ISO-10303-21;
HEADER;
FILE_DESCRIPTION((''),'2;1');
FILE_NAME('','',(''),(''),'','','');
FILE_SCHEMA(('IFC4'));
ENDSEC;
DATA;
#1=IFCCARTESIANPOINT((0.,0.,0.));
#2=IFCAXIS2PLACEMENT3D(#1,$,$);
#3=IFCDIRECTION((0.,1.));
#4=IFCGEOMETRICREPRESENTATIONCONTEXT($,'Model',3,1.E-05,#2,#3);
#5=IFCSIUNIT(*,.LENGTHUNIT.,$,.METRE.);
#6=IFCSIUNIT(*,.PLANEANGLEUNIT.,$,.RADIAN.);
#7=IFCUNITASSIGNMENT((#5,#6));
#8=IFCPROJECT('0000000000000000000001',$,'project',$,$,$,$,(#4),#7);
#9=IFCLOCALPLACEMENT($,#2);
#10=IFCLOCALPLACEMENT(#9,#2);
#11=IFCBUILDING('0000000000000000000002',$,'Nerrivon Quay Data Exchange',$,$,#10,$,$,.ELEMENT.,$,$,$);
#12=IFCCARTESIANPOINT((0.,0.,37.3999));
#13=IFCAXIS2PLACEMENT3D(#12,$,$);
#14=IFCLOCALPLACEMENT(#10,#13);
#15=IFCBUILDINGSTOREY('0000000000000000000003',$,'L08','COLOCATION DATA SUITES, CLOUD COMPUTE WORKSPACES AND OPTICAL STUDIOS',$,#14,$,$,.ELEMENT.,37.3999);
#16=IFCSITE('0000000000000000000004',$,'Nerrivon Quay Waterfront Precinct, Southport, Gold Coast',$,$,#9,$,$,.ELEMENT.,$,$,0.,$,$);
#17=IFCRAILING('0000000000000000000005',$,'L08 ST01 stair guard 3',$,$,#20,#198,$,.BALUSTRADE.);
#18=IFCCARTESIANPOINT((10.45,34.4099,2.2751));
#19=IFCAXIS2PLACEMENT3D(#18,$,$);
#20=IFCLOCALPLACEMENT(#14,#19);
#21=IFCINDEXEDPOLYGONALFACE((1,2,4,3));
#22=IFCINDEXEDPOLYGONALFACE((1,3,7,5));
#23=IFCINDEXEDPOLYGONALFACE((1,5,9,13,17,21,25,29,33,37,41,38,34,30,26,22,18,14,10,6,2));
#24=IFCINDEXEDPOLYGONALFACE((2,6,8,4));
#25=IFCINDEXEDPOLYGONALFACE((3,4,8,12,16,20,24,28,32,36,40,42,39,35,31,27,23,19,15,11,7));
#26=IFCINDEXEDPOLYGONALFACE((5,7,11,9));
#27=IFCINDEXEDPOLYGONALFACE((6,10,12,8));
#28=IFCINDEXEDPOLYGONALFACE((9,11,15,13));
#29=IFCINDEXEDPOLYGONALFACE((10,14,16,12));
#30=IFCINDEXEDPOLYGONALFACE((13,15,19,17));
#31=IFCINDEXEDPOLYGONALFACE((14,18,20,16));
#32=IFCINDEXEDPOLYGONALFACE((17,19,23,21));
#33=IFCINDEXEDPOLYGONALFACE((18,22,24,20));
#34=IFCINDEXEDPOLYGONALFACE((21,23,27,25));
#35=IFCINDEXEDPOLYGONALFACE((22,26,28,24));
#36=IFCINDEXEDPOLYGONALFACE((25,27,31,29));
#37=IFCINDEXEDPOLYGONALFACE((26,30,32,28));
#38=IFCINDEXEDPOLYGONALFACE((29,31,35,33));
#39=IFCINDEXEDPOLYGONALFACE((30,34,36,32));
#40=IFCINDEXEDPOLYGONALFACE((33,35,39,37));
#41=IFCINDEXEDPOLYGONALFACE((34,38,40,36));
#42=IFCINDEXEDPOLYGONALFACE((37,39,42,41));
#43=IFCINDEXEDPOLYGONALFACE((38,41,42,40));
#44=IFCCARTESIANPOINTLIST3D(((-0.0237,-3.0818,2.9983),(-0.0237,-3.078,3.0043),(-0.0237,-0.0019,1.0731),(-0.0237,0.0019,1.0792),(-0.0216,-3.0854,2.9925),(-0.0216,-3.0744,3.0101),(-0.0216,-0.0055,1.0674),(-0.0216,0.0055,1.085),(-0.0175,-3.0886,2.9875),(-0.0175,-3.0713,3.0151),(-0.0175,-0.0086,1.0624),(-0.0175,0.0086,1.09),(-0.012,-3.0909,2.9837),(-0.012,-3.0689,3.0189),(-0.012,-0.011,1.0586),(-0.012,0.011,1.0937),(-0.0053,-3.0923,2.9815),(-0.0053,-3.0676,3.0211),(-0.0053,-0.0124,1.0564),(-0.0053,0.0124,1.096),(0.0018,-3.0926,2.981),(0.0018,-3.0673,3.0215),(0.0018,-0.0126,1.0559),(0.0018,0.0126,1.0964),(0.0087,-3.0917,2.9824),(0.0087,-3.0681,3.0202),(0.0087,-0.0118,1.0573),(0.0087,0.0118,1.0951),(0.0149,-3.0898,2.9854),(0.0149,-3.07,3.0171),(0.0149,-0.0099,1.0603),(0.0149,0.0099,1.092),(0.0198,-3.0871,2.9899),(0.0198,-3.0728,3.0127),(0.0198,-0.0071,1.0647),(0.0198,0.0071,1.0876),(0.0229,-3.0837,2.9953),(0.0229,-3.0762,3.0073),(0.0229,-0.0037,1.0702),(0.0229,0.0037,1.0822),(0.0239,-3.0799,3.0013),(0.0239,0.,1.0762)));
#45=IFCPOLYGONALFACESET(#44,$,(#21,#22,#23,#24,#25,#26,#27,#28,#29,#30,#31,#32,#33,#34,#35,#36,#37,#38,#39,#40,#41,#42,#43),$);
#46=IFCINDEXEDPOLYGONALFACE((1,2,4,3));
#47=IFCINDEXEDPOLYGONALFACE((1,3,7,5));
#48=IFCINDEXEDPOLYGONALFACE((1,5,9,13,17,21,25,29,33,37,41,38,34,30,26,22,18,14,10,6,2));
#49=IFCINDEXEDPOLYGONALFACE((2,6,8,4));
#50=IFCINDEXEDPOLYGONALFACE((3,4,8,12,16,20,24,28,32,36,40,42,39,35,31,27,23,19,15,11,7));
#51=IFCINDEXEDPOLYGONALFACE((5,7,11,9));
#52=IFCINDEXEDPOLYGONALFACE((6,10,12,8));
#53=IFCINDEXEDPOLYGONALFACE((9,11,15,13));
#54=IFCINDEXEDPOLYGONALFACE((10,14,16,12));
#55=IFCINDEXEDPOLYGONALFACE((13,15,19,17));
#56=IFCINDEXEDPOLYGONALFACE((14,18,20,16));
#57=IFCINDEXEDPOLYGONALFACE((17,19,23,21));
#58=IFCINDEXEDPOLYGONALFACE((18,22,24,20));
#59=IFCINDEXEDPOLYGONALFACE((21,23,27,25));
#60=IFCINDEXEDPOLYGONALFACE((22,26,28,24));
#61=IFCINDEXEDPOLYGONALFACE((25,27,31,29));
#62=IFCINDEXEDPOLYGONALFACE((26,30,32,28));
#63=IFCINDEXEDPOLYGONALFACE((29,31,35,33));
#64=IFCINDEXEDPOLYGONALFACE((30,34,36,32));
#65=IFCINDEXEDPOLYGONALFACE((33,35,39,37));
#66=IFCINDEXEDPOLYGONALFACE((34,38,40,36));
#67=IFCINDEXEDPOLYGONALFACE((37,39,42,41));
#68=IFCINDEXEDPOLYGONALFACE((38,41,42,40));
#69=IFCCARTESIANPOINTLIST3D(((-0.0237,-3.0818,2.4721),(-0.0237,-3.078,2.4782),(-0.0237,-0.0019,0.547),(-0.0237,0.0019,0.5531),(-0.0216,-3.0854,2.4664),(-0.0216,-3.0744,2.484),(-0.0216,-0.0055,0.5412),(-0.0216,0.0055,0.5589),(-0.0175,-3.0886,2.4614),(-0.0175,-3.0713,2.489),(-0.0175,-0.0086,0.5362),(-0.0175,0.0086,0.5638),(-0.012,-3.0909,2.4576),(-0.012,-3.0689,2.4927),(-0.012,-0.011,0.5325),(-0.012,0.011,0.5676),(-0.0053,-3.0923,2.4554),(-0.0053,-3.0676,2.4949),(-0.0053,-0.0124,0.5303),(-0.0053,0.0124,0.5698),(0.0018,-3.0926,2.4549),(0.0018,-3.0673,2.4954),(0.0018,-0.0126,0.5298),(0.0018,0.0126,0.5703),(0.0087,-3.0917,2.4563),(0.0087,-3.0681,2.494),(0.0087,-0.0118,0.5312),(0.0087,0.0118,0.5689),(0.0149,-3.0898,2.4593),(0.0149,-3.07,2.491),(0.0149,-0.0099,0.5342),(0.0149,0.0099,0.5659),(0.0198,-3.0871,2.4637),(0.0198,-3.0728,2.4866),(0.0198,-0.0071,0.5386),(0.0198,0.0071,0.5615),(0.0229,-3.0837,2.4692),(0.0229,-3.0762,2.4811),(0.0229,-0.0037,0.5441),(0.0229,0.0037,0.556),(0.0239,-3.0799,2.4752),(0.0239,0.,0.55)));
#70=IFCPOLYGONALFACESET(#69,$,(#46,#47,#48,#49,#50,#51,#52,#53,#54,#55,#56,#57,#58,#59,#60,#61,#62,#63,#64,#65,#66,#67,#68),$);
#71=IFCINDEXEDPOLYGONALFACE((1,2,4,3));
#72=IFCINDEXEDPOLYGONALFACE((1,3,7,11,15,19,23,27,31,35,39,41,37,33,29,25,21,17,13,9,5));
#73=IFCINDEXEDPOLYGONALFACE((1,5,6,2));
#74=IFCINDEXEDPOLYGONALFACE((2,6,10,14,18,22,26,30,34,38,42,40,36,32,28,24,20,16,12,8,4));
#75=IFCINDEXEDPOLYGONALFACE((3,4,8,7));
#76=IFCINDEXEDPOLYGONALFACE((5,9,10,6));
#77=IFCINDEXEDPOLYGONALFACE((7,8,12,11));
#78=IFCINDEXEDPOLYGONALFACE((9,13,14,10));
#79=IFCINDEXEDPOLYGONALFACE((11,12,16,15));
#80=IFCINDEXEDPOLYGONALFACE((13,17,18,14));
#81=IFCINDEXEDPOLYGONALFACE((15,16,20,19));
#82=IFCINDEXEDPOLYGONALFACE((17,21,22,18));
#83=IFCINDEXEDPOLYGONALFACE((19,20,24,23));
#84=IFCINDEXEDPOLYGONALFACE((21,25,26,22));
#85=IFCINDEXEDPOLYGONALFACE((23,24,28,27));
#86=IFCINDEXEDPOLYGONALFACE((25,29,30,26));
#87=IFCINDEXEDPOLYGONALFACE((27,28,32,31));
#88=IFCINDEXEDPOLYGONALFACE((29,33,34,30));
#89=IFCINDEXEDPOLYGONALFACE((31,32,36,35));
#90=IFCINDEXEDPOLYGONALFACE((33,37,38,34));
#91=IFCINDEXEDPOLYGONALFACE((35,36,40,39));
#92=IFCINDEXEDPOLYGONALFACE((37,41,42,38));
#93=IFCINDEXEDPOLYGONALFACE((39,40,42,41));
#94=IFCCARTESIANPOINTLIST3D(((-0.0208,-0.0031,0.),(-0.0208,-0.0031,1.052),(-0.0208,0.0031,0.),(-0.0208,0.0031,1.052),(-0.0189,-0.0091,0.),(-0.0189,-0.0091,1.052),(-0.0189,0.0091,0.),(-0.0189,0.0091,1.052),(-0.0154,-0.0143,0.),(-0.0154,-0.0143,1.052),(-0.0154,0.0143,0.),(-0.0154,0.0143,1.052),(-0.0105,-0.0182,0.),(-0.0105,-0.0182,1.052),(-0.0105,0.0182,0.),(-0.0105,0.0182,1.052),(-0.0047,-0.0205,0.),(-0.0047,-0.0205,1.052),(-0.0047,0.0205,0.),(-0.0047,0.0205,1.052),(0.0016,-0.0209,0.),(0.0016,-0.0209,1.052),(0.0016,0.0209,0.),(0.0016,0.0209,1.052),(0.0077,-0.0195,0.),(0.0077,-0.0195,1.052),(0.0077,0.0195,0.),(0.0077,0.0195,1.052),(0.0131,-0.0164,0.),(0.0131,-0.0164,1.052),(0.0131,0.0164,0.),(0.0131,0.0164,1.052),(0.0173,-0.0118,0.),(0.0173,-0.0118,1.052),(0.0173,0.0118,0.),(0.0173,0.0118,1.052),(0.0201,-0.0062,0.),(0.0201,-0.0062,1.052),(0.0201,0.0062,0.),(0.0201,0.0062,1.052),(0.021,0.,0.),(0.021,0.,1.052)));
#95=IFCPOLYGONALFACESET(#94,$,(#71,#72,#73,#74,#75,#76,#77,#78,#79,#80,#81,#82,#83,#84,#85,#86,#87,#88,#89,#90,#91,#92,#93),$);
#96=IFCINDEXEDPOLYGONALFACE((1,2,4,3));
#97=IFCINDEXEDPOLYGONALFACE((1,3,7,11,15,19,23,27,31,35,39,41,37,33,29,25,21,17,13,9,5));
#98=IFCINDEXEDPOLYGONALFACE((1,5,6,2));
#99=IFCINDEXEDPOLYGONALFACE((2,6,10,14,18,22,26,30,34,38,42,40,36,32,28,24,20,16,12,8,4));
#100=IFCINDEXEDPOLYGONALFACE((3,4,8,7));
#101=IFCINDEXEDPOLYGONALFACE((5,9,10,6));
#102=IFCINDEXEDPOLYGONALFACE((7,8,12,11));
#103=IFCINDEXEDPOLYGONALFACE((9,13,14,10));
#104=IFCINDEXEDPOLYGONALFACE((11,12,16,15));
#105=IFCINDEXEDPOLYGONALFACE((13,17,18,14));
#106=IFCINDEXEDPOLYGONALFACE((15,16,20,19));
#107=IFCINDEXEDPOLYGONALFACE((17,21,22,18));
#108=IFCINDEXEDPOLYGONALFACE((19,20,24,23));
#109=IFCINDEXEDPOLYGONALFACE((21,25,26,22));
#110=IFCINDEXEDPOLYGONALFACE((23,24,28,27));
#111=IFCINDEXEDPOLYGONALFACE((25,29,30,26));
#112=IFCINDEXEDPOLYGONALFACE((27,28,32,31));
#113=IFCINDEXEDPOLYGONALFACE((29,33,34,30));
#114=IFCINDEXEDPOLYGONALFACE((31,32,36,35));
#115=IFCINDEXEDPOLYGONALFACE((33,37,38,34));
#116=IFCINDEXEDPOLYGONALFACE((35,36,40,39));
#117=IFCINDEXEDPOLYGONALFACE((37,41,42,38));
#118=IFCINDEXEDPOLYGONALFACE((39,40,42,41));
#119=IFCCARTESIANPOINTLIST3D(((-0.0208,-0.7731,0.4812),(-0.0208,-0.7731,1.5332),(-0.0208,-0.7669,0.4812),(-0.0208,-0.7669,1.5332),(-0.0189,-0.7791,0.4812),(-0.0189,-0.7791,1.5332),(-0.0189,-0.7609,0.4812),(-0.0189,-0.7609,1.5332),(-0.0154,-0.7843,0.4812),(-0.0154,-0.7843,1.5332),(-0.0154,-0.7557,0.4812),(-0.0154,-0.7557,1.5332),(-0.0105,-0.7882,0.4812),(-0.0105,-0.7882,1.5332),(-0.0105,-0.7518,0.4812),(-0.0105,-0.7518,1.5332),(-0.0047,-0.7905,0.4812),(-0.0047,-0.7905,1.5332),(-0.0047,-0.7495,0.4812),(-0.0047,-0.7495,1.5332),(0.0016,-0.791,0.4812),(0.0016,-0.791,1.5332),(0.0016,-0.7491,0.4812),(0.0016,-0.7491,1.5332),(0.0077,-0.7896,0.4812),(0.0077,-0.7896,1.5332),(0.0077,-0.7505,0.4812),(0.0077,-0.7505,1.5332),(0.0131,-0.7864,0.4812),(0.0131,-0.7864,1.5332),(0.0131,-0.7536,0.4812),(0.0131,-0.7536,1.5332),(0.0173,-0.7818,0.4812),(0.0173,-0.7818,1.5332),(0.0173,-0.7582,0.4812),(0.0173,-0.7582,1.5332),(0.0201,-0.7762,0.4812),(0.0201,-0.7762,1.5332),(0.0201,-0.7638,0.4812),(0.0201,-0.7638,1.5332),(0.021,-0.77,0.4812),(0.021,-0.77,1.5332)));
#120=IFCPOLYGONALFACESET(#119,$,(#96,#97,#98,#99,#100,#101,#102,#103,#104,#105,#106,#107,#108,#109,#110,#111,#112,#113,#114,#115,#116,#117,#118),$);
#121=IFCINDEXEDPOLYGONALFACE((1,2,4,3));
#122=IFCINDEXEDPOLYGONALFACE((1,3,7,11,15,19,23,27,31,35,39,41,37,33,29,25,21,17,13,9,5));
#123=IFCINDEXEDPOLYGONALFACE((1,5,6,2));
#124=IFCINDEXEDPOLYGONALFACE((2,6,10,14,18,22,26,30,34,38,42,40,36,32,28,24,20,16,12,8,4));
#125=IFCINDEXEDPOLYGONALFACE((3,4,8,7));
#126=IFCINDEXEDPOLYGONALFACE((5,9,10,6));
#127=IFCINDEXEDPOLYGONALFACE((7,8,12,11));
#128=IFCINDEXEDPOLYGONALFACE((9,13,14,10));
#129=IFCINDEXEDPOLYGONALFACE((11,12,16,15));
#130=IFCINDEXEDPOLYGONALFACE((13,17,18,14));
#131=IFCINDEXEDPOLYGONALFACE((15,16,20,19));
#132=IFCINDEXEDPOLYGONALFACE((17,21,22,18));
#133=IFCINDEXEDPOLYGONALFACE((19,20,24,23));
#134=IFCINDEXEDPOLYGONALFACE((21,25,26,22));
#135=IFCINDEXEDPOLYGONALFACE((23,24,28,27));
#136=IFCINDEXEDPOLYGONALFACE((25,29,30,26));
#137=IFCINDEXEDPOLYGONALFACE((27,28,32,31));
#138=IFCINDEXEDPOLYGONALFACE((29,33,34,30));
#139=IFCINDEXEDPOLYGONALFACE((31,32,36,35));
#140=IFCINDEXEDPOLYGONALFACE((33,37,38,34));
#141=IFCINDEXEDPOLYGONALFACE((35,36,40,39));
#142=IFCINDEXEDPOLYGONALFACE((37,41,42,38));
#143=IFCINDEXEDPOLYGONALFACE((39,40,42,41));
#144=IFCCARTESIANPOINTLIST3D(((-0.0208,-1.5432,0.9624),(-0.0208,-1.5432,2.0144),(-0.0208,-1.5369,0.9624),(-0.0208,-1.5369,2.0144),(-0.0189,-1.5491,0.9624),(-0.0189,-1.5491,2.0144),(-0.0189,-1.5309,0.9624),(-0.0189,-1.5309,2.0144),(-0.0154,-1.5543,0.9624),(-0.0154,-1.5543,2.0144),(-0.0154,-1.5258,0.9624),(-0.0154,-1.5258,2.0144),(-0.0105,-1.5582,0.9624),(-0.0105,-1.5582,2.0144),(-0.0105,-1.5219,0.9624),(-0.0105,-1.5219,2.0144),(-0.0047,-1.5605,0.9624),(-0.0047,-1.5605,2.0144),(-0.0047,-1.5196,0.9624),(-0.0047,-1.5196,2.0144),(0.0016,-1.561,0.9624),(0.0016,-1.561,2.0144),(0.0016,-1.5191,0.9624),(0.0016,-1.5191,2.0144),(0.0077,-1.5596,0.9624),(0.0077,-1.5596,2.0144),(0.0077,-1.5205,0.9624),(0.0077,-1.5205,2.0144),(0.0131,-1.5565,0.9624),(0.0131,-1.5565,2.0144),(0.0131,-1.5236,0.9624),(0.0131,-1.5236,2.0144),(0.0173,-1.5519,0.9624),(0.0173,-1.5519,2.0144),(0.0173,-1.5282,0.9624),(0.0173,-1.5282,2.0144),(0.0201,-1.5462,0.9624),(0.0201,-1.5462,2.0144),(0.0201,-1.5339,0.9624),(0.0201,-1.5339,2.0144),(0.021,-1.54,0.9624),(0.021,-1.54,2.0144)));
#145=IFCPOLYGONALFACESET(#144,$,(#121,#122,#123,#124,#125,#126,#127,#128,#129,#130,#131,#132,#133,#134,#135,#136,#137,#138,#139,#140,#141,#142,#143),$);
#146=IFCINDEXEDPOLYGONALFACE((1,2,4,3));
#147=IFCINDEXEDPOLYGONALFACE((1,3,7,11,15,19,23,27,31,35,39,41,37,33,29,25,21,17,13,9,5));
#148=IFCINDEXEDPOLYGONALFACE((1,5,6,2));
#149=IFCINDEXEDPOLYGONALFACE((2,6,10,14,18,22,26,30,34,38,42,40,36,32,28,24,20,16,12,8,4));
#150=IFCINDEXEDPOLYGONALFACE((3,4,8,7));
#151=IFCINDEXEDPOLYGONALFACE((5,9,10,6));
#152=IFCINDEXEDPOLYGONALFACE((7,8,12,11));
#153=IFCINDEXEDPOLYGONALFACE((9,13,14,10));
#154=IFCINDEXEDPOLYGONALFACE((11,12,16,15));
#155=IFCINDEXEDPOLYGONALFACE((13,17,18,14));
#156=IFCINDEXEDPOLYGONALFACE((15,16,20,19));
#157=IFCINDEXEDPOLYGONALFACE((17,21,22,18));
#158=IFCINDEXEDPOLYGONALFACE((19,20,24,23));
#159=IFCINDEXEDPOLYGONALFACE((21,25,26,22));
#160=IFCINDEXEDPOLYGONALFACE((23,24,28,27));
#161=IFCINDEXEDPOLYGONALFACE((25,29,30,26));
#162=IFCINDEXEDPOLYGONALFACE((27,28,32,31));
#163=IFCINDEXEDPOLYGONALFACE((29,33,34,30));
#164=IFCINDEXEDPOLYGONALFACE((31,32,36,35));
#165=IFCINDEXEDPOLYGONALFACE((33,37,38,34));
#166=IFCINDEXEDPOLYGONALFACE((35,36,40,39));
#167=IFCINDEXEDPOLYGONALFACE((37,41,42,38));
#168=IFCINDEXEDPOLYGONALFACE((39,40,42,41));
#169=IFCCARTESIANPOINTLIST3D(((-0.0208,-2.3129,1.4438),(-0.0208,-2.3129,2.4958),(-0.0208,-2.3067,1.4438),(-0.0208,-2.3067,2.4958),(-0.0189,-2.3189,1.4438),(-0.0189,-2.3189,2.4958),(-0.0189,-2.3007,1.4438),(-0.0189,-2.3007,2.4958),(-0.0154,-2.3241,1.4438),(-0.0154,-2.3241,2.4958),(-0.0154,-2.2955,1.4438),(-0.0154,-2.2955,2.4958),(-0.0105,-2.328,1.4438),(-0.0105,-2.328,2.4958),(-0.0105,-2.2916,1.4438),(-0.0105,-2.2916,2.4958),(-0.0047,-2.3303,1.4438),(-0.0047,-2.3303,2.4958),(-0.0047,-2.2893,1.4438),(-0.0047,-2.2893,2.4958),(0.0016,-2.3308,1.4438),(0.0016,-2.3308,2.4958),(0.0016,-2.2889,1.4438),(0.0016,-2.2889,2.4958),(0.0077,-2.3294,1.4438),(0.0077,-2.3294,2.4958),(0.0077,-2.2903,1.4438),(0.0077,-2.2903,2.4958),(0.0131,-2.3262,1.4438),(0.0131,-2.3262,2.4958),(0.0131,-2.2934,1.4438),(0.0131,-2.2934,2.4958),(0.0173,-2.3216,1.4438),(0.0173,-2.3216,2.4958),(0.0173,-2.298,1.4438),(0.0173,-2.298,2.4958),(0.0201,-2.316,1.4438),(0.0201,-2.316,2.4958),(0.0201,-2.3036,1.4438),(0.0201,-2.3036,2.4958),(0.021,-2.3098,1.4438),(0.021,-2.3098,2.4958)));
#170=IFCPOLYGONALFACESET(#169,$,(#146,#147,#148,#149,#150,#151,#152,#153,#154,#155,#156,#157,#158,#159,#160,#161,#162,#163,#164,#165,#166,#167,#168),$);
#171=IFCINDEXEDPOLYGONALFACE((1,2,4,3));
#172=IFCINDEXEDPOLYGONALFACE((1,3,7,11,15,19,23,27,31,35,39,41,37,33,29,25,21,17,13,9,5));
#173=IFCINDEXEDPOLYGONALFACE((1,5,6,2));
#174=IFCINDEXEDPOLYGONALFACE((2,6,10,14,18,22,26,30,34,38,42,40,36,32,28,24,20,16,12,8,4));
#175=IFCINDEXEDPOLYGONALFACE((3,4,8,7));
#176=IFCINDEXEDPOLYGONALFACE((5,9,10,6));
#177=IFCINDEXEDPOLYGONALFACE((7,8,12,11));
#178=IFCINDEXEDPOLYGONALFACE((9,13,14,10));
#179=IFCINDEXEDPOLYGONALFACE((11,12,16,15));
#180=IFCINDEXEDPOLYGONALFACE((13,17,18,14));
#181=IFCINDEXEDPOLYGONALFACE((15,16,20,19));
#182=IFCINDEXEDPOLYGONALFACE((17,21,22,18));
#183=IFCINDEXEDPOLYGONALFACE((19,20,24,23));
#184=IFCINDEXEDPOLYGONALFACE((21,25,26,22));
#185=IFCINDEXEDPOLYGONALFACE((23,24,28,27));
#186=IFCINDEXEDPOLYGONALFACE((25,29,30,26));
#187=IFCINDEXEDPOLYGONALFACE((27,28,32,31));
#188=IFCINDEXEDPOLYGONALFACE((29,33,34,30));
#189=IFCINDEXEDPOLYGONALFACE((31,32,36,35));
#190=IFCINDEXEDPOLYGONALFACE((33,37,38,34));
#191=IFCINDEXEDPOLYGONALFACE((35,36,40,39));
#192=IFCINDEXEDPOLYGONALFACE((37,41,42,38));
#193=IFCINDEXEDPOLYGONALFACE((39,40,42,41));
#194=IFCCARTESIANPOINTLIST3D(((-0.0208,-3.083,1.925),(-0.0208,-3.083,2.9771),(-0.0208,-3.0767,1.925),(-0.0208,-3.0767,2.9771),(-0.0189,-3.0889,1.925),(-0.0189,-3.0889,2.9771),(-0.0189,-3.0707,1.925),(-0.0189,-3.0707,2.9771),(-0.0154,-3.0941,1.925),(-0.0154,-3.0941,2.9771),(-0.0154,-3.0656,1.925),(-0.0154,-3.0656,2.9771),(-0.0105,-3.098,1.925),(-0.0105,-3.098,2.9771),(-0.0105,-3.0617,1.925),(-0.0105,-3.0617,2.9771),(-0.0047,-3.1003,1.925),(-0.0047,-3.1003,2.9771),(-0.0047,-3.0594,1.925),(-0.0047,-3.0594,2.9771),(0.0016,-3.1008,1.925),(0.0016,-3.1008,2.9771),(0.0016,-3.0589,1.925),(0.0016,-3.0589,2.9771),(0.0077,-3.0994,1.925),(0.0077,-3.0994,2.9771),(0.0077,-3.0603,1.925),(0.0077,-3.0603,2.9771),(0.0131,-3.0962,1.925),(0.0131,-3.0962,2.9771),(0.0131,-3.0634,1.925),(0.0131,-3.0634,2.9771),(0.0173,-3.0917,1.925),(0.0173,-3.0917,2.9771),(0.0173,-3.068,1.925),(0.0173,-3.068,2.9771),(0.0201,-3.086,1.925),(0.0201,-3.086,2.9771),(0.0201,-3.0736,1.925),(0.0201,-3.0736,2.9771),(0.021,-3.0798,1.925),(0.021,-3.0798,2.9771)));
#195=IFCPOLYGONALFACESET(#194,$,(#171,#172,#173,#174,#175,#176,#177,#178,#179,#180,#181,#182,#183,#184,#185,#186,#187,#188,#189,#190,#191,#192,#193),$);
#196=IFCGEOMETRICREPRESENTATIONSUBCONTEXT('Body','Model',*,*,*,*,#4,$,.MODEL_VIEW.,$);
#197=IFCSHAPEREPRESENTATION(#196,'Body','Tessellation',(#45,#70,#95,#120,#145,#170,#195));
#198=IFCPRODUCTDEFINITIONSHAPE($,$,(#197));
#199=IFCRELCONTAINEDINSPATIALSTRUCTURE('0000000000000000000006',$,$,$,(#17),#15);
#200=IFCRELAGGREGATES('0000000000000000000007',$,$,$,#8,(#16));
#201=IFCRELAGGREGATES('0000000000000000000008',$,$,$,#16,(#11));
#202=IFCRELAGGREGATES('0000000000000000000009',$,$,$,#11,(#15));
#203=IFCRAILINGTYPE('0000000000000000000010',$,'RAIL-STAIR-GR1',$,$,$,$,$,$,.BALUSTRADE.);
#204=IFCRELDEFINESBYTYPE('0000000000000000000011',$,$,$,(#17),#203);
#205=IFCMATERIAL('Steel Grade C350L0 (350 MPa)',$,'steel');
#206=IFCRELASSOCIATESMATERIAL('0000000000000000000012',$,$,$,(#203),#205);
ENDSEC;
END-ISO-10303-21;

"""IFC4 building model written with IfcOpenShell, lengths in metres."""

from ifc_helpers import new_model, si_unit, direction, frame, origin, origin_2d, place, context, subcontext, project, spatial, circle, extrude, material, type_object, element, save


model = new_model("IFC4")

# Units and contexts
model_context = context("Model", 3, precision=1e-05, world=origin(), true_north=direction((0.0, 1.0)))
body_context = subcontext(model_context, "Body", "Model", "MODEL_VIEW")
ifc_project = project(units=[si_unit("LENGTHUNIT", "METRE"), si_unit("PLANEANGLEUNIT", "RADIAN")], contexts=[model_context])

# Site, building, storey
site_placement = place(None, origin())
site = spatial("IfcSite", under=ifc_project, at=site_placement, Name="Nerrivon Quay Waterfront Precinct, Southport, Gold Coast", CompositionType="ELEMENT", RefElevation=0.0)
building_placement = place(site_placement, origin())
building = spatial("IfcBuilding", under=site, at=building_placement, Name="Nerrivon Quay Data Exchange", CompositionType="ELEMENT")
storey_placement = place(building_placement, frame((0.0, 0.0, 37.3999)))
storey = spatial("IfcBuildingStorey", under=building, at=storey_placement, Name="L08", Description="COLOCATION DATA SUITES, CLOUD COMPUTE WORKSPACES AND OPTICAL STUDIOS", CompositionType="ELEMENT", Elevation=37.3999)

# Railing
ifc_material_1 = material(Name="Steel Grade C350L0 (350 MPa)", Category="steel")
railing_type = type_object("IfcRailingType", Name="RAIL-STAIR-GR1", PredefinedType="BALUSTRADE", material=ifc_material_1)
railing_1_placement = place(storey_placement, frame((10.45, 34.4099, 2.2751)))
element("IfcRailing", 1, at=railing_1_placement, inside=storey, type_object=railing_type, Name="L08 ST01 stair guard 3", PredefinedType="BALUSTRADE", context=body_context, shape_type="SweptSolid", body=[
    extrude(circle(Radius=0.0239, at=origin_2d()), frame((0.0, 0.0, 1.0762), z_axis=(0.0, -0.847979, 0.530029), x_axis=(1.0, 0.0, 0.0)), (0.0, 0.0, 1.0), 3.6321),
    extrude(circle(Radius=0.0239, at=origin_2d()), frame((0.0, 0.0, 0.55), z_axis=(0.0, -0.847979, 0.530029), x_axis=(1.0, 0.0, 0.0)), (0.0, 0.0, 1.0), 3.6321),
    extrude(circle(Radius=0.021, at=origin_2d()), origin(), (0.0, 0.0, 1.0), 1.052),
    extrude(circle(Radius=0.021, at=origin_2d()), frame((0.0, -0.77, 0.4812)), (0.0, 0.0, 1.0), 1.052),
    extrude(circle(Radius=0.021, at=origin_2d()), frame((0.0, -1.54, 0.9624)), (0.0, 0.0, 1.0), 1.052),
    extrude(circle(Radius=0.021, at=origin_2d()), frame((0.0, -2.3098, 1.4438)), (0.0, 0.0, 1.0), 1.052),
    extrude(circle(Radius=0.021, at=origin_2d()), frame((0.0, -3.0798, 1.925)), (0.0, 0.0, 1.0), 1.052),
])

save(model, "model.ifc")
